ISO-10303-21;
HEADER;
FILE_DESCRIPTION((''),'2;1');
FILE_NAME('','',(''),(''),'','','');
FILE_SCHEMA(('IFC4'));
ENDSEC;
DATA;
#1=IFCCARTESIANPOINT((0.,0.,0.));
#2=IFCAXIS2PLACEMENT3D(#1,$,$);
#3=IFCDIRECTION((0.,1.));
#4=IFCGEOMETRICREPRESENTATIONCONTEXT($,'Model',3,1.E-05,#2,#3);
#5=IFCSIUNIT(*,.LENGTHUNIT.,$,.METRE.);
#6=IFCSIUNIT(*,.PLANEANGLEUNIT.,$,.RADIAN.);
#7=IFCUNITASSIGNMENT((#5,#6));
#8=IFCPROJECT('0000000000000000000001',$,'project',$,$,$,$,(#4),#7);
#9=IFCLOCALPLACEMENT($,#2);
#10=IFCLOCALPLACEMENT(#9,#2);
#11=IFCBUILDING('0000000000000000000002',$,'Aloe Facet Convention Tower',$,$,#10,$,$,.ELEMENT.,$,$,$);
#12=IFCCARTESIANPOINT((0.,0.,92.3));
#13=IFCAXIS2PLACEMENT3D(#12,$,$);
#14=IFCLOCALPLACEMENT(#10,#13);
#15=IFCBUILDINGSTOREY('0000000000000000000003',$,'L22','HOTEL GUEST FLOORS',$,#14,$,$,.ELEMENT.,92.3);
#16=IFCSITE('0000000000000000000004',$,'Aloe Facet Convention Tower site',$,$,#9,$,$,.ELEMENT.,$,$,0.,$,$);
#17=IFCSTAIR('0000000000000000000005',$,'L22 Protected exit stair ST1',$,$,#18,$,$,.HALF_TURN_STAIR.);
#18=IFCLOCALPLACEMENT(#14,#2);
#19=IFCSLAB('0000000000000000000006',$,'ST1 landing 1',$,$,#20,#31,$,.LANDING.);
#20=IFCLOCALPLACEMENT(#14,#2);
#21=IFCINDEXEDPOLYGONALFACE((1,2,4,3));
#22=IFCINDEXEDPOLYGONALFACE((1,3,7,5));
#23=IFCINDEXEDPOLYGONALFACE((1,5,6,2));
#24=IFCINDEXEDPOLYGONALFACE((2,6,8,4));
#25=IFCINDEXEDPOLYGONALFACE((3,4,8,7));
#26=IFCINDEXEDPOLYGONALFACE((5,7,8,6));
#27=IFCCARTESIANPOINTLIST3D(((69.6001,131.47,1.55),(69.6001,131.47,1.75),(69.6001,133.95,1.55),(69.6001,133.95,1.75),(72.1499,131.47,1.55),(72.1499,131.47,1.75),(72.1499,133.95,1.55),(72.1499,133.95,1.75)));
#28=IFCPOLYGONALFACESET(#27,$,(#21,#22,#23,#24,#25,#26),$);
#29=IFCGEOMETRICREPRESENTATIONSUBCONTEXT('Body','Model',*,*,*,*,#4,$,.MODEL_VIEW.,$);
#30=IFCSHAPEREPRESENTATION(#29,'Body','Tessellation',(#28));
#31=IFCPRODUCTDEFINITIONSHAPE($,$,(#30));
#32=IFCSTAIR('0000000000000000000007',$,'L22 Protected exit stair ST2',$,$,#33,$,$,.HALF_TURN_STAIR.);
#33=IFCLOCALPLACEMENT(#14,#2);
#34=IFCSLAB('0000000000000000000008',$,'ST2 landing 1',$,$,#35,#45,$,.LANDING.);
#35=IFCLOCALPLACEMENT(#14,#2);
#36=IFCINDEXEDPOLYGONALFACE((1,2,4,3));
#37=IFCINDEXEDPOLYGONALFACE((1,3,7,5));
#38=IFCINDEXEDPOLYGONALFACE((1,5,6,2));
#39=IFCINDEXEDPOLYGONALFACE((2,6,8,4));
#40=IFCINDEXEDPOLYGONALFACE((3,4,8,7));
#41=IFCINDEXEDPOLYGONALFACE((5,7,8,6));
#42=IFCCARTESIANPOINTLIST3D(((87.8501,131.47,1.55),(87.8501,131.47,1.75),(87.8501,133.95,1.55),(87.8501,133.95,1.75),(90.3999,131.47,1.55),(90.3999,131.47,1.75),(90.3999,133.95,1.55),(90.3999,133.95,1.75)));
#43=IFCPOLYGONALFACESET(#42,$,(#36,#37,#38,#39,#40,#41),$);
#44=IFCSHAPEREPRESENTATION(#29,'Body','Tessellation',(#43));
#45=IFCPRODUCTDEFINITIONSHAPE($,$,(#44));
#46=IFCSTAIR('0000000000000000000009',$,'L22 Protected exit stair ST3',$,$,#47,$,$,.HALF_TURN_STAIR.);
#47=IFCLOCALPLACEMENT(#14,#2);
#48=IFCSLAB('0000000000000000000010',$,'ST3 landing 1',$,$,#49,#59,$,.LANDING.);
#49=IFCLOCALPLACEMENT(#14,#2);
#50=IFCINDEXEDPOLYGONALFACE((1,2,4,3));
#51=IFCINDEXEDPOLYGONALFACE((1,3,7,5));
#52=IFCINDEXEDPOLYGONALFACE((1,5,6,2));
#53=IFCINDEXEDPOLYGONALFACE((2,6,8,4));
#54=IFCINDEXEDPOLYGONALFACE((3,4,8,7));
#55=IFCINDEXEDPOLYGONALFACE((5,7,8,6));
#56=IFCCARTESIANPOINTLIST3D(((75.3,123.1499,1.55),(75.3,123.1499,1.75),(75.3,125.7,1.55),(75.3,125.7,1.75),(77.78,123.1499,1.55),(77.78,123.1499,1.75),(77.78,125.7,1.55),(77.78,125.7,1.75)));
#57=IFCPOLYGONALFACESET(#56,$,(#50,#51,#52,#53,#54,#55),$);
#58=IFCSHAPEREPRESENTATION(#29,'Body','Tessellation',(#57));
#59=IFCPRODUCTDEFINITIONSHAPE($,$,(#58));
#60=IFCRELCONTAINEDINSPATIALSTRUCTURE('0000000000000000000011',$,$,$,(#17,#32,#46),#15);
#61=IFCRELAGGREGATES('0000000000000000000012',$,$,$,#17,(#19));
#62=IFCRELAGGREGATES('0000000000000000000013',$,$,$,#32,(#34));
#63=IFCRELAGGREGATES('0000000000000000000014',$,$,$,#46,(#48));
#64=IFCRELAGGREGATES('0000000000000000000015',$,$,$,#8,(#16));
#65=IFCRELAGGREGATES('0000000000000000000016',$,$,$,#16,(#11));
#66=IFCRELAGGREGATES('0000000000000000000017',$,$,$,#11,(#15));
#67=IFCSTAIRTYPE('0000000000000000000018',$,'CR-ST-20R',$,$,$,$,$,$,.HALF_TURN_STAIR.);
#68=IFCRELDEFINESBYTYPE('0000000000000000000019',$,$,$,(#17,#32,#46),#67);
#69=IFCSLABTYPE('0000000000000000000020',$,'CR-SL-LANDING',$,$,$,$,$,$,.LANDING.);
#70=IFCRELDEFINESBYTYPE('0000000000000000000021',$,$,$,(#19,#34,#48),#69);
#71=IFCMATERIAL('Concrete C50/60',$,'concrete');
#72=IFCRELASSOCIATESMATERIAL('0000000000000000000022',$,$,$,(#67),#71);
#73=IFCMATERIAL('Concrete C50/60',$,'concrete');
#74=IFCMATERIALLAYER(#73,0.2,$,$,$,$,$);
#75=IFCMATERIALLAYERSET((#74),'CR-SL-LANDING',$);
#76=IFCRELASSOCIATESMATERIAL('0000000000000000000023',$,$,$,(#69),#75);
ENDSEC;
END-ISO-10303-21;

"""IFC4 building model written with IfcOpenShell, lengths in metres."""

from ifc_helpers import new_model, si_unit, direction, frame, origin, place, context, subcontext, project, spatial, polyline, outline, extrude, material, layer, layer_set, type_object, element, aggregate, save


model = new_model("IFC4")

# Units and contexts
model_context = context("Model", 3, precision=1e-05, world=origin(), true_north=direction((0.0, 1.0)))
body_context = subcontext(model_context, "Body", "Model", "MODEL_VIEW")
ifc_project = project(units=[si_unit("LENGTHUNIT", "METRE"), si_unit("PLANEANGLEUNIT", "RADIAN")], contexts=[model_context])

# Site, building, storey
site_placement = place(None, origin())
site = spatial("IfcSite", under=ifc_project, at=site_placement, Name="Aloe Facet Convention Tower site", CompositionType="ELEMENT", RefElevation=0.0)
building_placement = place(site_placement, origin())
building = spatial("IfcBuilding", under=site, at=building_placement, Name="Aloe Facet Convention Tower", CompositionType="ELEMENT")
storey_placement = place(building_placement, frame((0.0, 0.0, 92.3)))
storey = spatial("IfcBuildingStorey", under=building, at=storey_placement, Name="L22", Description="HOTEL GUEST FLOORS", CompositionType="ELEMENT", Elevation=92.3)

# Stairs, slabs
ifc_material_1 = material(Name="Concrete C50/60", Category="concrete")
stair_type = type_object("IfcStairType", Name="CR-ST-20R", PredefinedType="HALF_TURN_STAIR", material=ifc_material_1)
stair_1_placement = place(storey_placement, origin())
stair_1 = element("IfcStair", 1, at=stair_1_placement, inside=storey, type_object=stair_type, Name="L22 Protected exit stair ST1", PredefinedType="HALF_TURN_STAIR")
ifc_material_2 = material(Name="Concrete C50/60", Category="concrete")
ifc_layer_1 = layer(ifc_material_2, 0.2)
ifc_layer_set_1 = layer_set([ifc_layer_1], Name="CR-SL-LANDING")
slab_type_1 = type_object("IfcSlabType", Name="CR-SL-LANDING", PredefinedType="LANDING", material=ifc_layer_set_1)
slab_1_placement = place(storey_placement, frame((0.0, 0.0, 1.55)))
slab_1 = element("IfcSlab", 2, at=slab_1_placement, type_object=slab_type_1, Name="ST1 landing 1", PredefinedType="LANDING", context=body_context, shape_type="SweptSolid", body=[
    extrude(outline(polyline([(72.1499, 131.47), (72.1499, 133.95), (69.6001, 133.95), (69.6001, 131.47), (72.1499, 131.47)])), origin(), (0.0, 0.0, 1.0), 0.2),
])
aggregate(stair_1, [slab_1])
stair_2_placement = place(storey_placement, origin())
stair_2 = element("IfcStair", 3, at=stair_2_placement, inside=storey, type_object=stair_type, Name="L22 Protected exit stair ST2", PredefinedType="HALF_TURN_STAIR")
slab_2_placement = place(storey_placement, frame((0.0, 0.0, 1.55)))
slab_2 = element("IfcSlab", 4, at=slab_2_placement, type_object=slab_type_1, Name="ST2 landing 1", PredefinedType="LANDING", context=body_context, shape_type="SweptSolid", body=[
    extrude(outline(polyline([(90.3999, 131.47), (90.3999, 133.95), (87.8501, 133.95), (87.8501, 131.47), (90.3999, 131.47)])), origin(), (0.0, 0.0, 1.0), 0.2),
])
aggregate(stair_2, [slab_2])
stair_3_placement = place(storey_placement, origin())
stair_3 = element("IfcStair", 5, at=stair_3_placement, inside=storey, type_object=stair_type, Name="L22 Protected exit stair ST3", PredefinedType="HALF_TURN_STAIR")
slab_3_placement = place(storey_placement, frame((0.0, 0.0, 1.55)))
slab_3 = element("IfcSlab", 6, at=slab_3_placement, type_object=slab_type_1, Name="ST3 landing 1", PredefinedType="LANDING", context=body_context, shape_type="SweptSolid", body=[
    extrude(outline(polyline([(77.78, 125.7), (75.3, 125.7), (75.3, 123.1499), (77.78, 123.1499), (77.78, 125.7)])), origin(), (0.0, 0.0, 1.0), 0.2),
])
aggregate(stair_3, [slab_3])

save(model, "model.ifc")
